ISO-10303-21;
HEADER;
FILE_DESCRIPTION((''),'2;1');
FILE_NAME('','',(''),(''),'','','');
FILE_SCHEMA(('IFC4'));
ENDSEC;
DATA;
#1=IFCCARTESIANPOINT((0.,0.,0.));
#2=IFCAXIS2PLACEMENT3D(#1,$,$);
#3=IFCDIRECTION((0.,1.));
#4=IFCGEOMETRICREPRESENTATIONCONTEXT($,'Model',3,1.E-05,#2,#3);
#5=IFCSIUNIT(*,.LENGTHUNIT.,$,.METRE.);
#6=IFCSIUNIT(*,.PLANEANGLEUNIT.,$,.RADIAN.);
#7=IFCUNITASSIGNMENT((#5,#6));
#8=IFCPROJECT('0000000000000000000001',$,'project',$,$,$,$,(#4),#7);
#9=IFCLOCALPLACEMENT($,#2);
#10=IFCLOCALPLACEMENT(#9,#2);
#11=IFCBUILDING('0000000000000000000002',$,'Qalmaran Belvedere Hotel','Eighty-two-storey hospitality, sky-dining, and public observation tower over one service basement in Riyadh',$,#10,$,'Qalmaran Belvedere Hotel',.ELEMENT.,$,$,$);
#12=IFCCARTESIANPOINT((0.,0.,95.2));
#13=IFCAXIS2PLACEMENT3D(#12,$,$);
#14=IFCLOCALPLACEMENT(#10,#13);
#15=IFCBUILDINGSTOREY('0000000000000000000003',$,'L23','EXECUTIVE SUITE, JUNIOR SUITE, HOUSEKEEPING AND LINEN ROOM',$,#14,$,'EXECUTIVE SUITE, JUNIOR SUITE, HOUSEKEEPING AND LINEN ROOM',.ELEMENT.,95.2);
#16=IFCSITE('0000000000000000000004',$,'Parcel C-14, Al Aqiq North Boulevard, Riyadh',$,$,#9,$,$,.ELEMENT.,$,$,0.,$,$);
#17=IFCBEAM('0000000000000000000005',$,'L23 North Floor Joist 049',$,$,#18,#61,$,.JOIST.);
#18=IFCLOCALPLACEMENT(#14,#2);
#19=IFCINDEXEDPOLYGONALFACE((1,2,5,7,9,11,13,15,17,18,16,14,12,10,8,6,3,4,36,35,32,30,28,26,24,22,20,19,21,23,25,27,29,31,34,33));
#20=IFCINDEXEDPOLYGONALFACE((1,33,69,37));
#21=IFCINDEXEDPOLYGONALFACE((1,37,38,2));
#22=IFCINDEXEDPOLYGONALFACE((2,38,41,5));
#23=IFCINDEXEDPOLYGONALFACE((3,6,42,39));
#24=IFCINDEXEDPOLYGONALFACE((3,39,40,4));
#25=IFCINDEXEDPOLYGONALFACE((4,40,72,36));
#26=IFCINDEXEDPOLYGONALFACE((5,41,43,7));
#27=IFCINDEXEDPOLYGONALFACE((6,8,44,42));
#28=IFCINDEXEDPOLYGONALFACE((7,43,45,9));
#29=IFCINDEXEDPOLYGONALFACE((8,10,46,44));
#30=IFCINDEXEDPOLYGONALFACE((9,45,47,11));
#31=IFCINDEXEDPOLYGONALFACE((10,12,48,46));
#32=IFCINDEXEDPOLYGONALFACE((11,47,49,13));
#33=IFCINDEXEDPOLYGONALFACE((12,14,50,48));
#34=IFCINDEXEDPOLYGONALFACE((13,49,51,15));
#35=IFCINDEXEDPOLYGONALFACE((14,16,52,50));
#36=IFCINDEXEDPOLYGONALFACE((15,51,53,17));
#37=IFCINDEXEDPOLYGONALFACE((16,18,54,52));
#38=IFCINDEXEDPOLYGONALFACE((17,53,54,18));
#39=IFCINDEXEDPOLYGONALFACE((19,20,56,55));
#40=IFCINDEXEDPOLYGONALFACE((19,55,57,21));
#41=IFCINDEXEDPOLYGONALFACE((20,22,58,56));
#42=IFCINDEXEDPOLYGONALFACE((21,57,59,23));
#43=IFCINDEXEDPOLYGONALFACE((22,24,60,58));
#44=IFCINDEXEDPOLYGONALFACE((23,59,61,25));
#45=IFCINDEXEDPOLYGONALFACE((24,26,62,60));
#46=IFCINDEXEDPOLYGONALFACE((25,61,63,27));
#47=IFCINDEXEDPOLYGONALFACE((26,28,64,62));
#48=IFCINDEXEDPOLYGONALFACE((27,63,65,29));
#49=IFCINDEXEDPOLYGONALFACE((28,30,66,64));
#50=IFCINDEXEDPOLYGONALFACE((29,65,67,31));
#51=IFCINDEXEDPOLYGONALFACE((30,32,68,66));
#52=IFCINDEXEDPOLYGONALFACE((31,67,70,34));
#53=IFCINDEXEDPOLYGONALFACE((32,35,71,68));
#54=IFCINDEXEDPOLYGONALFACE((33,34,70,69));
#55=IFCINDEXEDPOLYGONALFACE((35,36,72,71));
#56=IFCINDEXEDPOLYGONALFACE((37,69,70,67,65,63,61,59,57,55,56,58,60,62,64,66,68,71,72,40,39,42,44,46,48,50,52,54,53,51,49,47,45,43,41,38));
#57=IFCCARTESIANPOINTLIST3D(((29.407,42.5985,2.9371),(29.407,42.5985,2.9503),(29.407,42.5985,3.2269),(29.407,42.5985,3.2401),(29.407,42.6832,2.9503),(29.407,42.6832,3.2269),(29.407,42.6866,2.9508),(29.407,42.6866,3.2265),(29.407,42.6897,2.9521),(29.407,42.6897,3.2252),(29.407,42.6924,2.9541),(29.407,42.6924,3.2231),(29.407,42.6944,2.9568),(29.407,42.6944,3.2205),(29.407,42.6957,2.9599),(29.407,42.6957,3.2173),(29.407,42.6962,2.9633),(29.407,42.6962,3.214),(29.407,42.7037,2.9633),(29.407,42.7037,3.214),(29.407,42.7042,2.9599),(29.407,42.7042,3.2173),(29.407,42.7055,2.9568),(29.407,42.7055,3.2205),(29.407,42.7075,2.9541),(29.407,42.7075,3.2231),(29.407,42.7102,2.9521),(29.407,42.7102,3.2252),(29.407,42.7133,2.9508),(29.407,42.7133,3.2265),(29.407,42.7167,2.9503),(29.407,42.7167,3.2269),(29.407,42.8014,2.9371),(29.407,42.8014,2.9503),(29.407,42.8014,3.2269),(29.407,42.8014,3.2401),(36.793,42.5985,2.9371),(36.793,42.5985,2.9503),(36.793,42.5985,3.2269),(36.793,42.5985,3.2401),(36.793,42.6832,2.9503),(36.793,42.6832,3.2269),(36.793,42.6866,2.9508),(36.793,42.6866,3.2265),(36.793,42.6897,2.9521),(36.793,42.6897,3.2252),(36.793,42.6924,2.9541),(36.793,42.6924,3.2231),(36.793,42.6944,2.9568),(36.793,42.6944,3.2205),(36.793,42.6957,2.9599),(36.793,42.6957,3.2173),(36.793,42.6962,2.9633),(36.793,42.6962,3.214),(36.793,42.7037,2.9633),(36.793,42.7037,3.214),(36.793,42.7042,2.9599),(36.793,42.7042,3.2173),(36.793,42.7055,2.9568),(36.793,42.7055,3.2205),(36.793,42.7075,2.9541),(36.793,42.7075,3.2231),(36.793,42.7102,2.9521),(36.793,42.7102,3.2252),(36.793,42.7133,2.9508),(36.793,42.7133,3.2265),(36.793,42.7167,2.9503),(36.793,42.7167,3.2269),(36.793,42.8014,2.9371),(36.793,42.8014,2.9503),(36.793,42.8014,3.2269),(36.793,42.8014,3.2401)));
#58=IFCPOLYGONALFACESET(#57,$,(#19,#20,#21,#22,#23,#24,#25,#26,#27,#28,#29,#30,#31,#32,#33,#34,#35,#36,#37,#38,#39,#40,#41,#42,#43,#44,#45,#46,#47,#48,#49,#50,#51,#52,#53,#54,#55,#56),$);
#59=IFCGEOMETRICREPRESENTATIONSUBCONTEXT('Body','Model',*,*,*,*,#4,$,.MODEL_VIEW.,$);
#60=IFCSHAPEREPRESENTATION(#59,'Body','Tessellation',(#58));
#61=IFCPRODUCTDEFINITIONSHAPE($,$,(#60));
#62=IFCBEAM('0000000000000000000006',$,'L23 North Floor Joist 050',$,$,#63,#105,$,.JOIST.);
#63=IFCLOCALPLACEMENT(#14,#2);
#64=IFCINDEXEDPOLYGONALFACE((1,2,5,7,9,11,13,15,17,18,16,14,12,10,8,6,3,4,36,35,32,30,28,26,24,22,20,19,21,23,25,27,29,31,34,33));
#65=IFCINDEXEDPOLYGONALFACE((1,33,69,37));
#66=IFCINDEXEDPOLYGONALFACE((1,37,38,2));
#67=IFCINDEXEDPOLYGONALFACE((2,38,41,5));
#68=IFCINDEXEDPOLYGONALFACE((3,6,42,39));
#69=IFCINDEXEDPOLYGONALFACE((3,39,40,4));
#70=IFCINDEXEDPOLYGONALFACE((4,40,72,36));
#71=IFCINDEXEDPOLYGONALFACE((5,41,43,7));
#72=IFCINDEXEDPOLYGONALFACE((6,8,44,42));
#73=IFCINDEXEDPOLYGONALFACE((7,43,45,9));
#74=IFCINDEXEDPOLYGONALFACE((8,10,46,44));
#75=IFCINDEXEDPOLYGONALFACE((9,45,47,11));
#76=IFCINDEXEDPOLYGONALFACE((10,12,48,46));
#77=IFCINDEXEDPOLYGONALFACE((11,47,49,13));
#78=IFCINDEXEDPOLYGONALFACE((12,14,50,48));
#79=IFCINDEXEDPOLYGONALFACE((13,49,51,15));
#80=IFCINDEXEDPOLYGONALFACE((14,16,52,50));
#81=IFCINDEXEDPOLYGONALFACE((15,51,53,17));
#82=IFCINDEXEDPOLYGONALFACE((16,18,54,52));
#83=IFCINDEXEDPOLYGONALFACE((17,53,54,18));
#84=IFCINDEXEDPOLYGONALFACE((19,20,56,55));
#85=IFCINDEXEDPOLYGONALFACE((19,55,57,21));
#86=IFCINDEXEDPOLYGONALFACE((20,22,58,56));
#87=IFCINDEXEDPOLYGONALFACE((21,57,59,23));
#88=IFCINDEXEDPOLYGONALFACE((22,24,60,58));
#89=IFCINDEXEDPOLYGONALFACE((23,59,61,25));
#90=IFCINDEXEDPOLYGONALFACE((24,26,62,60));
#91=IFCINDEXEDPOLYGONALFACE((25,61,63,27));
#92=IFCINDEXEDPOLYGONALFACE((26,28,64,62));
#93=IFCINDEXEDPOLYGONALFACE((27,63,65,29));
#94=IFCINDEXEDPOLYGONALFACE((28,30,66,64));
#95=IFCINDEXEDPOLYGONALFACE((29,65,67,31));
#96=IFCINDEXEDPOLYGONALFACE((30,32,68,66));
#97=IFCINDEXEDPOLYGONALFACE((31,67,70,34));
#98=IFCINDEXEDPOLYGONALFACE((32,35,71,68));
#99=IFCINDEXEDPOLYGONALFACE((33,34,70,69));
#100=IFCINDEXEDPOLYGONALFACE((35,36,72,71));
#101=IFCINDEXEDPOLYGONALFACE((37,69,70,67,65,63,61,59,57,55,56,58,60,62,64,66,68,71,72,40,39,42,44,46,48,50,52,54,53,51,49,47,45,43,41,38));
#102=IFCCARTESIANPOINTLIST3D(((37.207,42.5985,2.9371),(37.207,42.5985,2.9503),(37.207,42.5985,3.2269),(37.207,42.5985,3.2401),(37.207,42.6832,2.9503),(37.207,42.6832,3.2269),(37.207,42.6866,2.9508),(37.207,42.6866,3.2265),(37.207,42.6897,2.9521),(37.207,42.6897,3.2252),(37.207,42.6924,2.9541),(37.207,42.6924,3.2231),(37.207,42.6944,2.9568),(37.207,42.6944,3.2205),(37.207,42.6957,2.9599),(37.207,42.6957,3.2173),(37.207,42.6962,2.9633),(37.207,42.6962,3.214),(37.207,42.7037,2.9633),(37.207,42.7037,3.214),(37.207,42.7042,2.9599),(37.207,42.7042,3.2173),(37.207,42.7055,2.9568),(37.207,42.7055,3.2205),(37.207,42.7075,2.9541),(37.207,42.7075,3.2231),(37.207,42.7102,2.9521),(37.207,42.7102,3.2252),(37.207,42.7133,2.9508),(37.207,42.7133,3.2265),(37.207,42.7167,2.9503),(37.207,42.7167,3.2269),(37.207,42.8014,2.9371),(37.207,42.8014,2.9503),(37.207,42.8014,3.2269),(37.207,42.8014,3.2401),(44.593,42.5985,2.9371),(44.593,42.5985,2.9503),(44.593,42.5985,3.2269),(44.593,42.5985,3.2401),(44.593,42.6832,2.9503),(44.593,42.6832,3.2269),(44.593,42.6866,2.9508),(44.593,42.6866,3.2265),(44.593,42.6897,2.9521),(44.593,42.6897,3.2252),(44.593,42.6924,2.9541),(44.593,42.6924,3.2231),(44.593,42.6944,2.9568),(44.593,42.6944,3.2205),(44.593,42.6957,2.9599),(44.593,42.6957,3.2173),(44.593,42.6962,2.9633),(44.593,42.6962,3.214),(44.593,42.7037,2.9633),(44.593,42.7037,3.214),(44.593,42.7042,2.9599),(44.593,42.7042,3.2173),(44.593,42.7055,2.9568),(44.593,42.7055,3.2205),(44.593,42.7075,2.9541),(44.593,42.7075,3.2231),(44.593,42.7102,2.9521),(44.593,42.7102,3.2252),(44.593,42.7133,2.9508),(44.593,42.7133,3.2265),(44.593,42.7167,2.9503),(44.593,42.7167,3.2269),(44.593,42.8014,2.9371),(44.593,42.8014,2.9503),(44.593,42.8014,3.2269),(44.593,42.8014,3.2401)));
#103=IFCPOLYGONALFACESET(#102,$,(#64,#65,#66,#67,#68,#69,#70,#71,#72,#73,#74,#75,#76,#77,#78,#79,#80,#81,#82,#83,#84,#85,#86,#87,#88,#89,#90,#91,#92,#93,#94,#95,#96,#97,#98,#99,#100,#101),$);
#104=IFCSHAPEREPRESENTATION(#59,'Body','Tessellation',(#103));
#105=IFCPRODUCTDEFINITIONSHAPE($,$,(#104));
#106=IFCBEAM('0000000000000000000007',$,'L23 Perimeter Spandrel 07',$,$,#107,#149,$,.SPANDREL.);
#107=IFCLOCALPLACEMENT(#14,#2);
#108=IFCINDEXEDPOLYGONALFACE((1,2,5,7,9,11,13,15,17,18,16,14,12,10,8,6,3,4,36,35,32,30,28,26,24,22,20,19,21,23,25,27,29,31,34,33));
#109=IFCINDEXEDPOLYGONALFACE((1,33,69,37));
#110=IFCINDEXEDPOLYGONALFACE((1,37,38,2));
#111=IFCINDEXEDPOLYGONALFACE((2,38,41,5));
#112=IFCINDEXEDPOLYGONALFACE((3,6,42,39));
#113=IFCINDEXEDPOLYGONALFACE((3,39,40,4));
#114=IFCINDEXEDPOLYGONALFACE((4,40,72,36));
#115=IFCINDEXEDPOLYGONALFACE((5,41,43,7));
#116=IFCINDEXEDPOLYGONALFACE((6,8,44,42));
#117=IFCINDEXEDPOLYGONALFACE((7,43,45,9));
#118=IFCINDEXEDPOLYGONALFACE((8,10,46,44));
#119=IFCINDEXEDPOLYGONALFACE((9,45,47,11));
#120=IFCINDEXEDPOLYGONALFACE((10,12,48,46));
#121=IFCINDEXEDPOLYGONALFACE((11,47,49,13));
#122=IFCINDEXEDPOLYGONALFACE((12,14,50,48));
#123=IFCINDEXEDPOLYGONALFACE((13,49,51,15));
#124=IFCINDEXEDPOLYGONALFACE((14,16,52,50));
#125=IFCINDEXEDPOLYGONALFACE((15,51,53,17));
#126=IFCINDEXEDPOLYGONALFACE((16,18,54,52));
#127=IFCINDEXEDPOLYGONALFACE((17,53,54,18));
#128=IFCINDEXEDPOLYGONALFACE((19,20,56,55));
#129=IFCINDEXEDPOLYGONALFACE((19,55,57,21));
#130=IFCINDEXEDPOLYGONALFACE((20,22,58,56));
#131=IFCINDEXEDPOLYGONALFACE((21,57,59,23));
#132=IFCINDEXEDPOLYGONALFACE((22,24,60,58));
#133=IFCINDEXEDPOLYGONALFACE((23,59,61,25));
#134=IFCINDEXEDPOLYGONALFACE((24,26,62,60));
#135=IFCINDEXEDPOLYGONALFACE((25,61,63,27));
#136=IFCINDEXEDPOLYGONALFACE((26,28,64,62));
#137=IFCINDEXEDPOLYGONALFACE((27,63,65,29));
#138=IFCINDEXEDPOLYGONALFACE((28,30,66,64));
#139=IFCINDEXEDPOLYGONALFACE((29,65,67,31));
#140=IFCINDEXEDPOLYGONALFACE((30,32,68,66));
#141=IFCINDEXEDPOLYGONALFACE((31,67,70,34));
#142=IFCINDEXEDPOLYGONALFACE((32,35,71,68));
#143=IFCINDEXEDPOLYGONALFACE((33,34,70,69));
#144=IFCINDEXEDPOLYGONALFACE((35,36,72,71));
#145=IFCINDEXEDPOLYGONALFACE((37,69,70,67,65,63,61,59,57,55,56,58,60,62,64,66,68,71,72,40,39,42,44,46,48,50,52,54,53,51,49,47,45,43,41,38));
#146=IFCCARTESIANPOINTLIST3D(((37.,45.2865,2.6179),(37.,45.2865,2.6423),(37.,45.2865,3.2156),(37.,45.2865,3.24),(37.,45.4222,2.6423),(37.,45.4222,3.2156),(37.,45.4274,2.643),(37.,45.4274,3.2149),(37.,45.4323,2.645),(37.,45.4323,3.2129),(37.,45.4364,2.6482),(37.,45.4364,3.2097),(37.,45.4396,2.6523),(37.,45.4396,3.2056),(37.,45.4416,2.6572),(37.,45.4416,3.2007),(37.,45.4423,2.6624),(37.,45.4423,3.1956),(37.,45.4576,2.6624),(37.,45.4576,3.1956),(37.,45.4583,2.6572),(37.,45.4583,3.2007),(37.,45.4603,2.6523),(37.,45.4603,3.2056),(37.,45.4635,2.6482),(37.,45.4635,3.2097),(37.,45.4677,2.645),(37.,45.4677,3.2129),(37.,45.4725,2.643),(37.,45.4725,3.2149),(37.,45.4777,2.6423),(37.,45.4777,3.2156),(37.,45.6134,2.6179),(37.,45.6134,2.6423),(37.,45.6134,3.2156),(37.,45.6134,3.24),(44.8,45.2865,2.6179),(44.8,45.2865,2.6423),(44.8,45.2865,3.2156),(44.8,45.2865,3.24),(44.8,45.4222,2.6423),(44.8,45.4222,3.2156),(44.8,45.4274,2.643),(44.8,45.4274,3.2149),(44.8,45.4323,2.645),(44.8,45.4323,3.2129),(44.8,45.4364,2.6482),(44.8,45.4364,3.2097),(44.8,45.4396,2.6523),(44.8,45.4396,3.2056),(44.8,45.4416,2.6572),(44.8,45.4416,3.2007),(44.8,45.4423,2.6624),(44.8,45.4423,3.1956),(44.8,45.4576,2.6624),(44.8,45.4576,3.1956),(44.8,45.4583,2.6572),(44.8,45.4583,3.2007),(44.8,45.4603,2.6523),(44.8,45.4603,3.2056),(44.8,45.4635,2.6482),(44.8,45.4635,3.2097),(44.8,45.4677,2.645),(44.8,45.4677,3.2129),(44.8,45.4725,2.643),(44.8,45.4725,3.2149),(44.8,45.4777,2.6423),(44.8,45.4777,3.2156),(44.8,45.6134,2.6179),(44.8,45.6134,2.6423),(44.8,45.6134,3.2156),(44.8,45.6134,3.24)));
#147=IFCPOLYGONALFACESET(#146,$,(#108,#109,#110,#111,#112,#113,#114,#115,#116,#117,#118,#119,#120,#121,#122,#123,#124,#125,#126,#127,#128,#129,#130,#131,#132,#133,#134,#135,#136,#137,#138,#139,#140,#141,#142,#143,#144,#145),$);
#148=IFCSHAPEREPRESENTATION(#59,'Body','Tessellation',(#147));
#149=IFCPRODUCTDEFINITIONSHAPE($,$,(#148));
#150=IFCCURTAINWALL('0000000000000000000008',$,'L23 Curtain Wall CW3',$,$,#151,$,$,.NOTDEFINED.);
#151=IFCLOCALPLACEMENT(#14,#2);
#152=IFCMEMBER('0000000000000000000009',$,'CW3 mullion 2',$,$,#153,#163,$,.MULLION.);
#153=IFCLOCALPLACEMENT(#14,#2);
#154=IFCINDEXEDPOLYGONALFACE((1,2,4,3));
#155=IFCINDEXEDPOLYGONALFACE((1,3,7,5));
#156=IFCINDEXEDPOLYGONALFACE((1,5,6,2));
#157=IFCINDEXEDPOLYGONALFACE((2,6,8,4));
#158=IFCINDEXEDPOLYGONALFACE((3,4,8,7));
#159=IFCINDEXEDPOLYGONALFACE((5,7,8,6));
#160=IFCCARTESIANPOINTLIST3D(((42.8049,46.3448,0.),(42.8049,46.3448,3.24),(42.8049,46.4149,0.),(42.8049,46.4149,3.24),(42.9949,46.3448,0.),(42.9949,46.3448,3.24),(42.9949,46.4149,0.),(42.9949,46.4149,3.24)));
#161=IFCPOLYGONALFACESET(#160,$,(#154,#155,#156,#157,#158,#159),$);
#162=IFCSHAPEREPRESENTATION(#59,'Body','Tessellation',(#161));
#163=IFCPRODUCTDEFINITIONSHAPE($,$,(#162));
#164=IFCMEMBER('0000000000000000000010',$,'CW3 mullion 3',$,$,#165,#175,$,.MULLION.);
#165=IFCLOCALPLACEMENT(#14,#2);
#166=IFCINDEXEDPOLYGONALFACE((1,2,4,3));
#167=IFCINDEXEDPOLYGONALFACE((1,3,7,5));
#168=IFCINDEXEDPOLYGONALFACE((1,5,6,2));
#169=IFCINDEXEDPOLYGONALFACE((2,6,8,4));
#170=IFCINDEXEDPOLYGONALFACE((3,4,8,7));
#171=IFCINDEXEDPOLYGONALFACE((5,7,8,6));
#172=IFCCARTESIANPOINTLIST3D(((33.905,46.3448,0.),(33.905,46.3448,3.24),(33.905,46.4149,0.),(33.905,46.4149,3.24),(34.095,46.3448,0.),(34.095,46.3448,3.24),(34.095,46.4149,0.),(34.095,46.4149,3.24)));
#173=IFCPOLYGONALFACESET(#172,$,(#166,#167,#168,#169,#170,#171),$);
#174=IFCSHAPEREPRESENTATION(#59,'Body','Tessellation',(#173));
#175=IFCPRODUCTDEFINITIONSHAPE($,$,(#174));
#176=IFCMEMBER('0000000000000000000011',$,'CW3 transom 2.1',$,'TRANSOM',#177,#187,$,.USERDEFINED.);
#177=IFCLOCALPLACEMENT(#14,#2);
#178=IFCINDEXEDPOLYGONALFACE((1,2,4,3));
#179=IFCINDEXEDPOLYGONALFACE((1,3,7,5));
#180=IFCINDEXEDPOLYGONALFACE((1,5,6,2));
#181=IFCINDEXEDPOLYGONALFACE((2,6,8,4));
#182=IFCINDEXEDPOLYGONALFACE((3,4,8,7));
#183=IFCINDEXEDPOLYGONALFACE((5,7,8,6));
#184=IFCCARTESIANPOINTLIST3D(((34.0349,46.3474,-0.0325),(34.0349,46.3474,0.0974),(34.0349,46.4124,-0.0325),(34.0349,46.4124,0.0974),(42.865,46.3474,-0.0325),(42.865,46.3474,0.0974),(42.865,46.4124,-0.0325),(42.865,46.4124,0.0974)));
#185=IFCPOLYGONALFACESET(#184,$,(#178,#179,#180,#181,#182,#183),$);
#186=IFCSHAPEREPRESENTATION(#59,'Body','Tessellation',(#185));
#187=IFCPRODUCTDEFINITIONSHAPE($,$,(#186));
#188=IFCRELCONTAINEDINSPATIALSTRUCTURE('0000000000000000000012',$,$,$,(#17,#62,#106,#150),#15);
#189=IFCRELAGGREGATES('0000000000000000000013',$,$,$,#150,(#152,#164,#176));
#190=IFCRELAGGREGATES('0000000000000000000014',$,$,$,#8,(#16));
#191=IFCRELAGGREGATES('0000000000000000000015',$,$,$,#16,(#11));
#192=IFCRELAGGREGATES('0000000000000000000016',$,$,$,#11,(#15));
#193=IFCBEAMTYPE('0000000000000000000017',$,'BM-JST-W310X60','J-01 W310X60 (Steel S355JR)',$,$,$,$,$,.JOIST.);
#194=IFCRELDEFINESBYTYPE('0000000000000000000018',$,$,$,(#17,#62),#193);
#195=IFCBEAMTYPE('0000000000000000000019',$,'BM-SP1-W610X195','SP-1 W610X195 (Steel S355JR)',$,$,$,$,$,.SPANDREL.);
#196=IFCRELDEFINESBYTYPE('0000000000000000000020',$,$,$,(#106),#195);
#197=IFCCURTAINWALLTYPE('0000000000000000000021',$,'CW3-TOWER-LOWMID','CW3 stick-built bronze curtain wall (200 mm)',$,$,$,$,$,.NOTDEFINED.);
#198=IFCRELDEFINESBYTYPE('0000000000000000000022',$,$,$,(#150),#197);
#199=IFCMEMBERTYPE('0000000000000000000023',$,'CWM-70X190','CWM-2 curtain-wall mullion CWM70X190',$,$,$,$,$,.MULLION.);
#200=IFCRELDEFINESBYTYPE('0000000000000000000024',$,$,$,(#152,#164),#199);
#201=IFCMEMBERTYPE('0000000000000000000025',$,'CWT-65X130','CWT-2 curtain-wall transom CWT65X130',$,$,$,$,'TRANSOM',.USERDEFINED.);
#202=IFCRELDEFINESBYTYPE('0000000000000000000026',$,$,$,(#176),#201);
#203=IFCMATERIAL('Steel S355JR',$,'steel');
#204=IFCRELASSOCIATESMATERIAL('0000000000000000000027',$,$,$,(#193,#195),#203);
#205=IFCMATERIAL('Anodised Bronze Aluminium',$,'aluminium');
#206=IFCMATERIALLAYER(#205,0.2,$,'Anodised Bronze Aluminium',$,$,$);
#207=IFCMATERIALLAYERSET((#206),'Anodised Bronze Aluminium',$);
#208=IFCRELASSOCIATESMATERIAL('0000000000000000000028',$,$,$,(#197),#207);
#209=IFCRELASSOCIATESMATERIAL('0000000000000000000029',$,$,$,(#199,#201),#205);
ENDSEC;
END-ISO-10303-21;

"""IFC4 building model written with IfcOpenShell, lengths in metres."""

from ifc_helpers import new_model, si_unit, direction, frame, origin, origin_2d, place, context, subcontext, project, spatial, rectangle, i_section, extrude, material, layer, layer_set, material_profile, profile_set, type_object, element, aggregate, save


model = new_model("IFC4")

# Units and contexts
model_context = context("Model", 3, precision=1e-05, world=origin(), true_north=direction((0.0, 1.0)))
body_context = subcontext(model_context, "Body", "Model", "MODEL_VIEW")
ifc_project = project(units=[si_unit("LENGTHUNIT", "METRE"), si_unit("PLANEANGLEUNIT", "RADIAN")], contexts=[model_context])

# Site, building, storey
site_placement = place(None, origin())
site = spatial("IfcSite", under=ifc_project, at=site_placement, Name="Parcel C-14, Al Aqiq North Boulevard, Riyadh", CompositionType="ELEMENT", RefElevation=0.0)
building_placement = place(site_placement, origin())
building = spatial("IfcBuilding", under=site, at=building_placement, Name="Qalmaran Belvedere Hotel", Description="Eighty-two-storey hospitality, sky-dining, and public observation tower over one service basement in Riyadh", LongName="Qalmaran Belvedere Hotel", CompositionType="ELEMENT")
storey_placement = place(building_placement, frame((0.0, 0.0, 95.2)))
storey = spatial("IfcBuildingStorey", under=building, at=storey_placement, Name="L23", Description="EXECUTIVE SUITE, JUNIOR SUITE, HOUSEKEEPING AND LINEN ROOM", LongName="EXECUTIVE SUITE, JUNIOR SUITE, HOUSEKEEPING AND LINEN ROOM", CompositionType="ELEMENT", Elevation=95.2)

# Beams
ifc_material_1 = material(Name="Steel S355JR", Category="steel")
ifc_material_profile_1 = material_profile(ifc_material_1, i_section(OverallWidth=0.2029, OverallDepth=0.303, WebThickness=0.0076, FlangeThickness=0.0132, FilletRadius=0.0129, at=origin_2d()), Name="W310X60")
ifc_profile_set_1 = profile_set([ifc_material_profile_1], Name="Steel S355JR")
beam_type_1 = type_object("IfcBeamType", Name="BM-JST-W310X60", Description="J-01 W310X60 (Steel S355JR)", PredefinedType="JOIST", material=ifc_profile_set_1)
for number, where, z_axis, x_axis, name in (
    (1, (29.407, 42.7, 3.0886), (1.0, 0.0, 0.0), (0.0, 1.0, 0.0), "L23 North Floor Joist 049"),
    (2, (37.207, 42.7, 3.0886), (1.0, 0.0, 0.0), (0.0, 1.0, 0.0), "L23 North Floor Joist 050"),
):
    element("IfcBeam", number, at=place(storey_placement, frame(where, z_axis=z_axis, x_axis=x_axis)), inside=storey, type_object=beam_type_1, Name=name, PredefinedType="JOIST", context=body_context, shape_type="SweptSolid", body=[
        extrude(i_section(OverallWidth=0.2029, OverallDepth=0.303, WebThickness=0.0076, FlangeThickness=0.0132, FilletRadius=0.0129, at=origin_2d()), origin(), (0.0, 0.0, 1.0), 7.386),
    ])
ifc_material_profile_2 = material_profile(ifc_material_1, i_section(OverallWidth=0.3269, OverallDepth=0.6221, WebThickness=0.0154, FlangeThickness=0.0244, FilletRadius=0.02, at=origin_2d()), Name="W610X195")
ifc_profile_set_2 = profile_set([ifc_material_profile_2], Name="Steel S355JR")
beam_type_2 = type_object("IfcBeamType", Name="BM-SP1-W610X195", Description="SP-1 W610X195 (Steel S355JR)", PredefinedType="SPANDREL", material=ifc_profile_set_2)
beam_placement = place(storey_placement, frame((37.0, 45.45, 2.929), z_axis=(1.0, 0.0, 0.0), x_axis=(0.0, 1.0, 0.0)))
element("IfcBeam", 3, at=beam_placement, inside=storey, type_object=beam_type_2, Name="L23 Perimeter Spandrel 07", PredefinedType="SPANDREL", context=body_context, shape_type="SweptSolid", body=[
    extrude(i_section(OverallWidth=0.3269, OverallDepth=0.6221, WebThickness=0.0154, FlangeThickness=0.0244, FilletRadius=0.02, at=origin_2d()), origin(), (0.0, 0.0, 1.0), 7.8),
])

# Curtain wall, members
ifc_material_2 = material(Name="Anodised Bronze Aluminium", Category="aluminium")
ifc_layer_1 = layer(ifc_material_2, 0.2, Name="Anodised Bronze Aluminium")
ifc_layer_set_1 = layer_set([ifc_layer_1], Name="Anodised Bronze Aluminium")
curtain_wall_type = type_object("IfcCurtainWallType", Name="CW3-TOWER-LOWMID", Description="CW3 stick-built bronze curtain wall (200 mm)", PredefinedType="NOTDEFINED", material=ifc_layer_set_1)
curtain_wall_placement = place(storey_placement, origin())
curtain_wall = element("IfcCurtainWall", 4, at=curtain_wall_placement, inside=storey, type_object=curtain_wall_type, Name="L23 Curtain Wall CW3", PredefinedType="NOTDEFINED")
ifc_material_profile_3 = material_profile(ifc_material_2, rectangle(XDim=0.0701, YDim=0.1899, at=origin_2d()), Name="CWM70X190")
ifc_profile_set_3 = profile_set([ifc_material_profile_3], Name="Anodised Bronze Aluminium")
member_type_1 = type_object("IfcMemberType", Name="CWM-70X190", Description="CWM-2 curtain-wall mullion CWM70X190", PredefinedType="MULLION", material=ifc_profile_set_3)
member_1_placement = place(storey_placement, frame((42.8999, 46.3799, 0.0), z_axis=(0.0, 0.0, 1.0), x_axis=(0.0, -1.0, 0.0)))
member_1 = element("IfcMember", 5, at=member_1_placement, type_object=member_type_1, Name="CW3 mullion 2", PredefinedType="MULLION", context=body_context, shape_type="SweptSolid", body=[
    extrude(rectangle(XDim=0.0701, YDim=0.1899, at=origin_2d()), origin(), (0.0, 0.0, 1.0), 3.24),
])
member_2_placement = place(storey_placement, frame((34.0, 46.3799, 0.0), z_axis=(0.0, 0.0, 1.0), x_axis=(0.0, -1.0, 0.0)))
member_2 = element("IfcMember", 6, at=member_2_placement, type_object=member_type_1, Name="CW3 mullion 3", PredefinedType="MULLION", context=body_context, shape_type="SweptSolid", body=[
    extrude(rectangle(XDim=0.0701, YDim=0.1899, at=origin_2d()), origin(), (0.0, 0.0, 1.0), 3.24),
])
ifc_material_profile_4 = material_profile(ifc_material_2, rectangle(XDim=0.0649, YDim=0.1299, at=origin_2d()), Name="CWT65X130")
ifc_profile_set_4 = profile_set([ifc_material_profile_4], Name="Anodised Bronze Aluminium")
member_type_2 = type_object("IfcMemberType", Name="CWT-65X130", Description="CWT-2 curtain-wall transom CWT65X130", ElementType="TRANSOM", PredefinedType="USERDEFINED", material=ifc_profile_set_4)
member_3_placement = place(storey_placement, frame((42.865, 46.3799, 0.0325), z_axis=(-1.0, 0.0, 0.0), x_axis=(0.0, -1.0, 0.0)))
member_3 = element("IfcMember", 7, at=member_3_placement, type_object=member_type_2, Name="CW3 transom 2.1", ObjectType="TRANSOM", PredefinedType="USERDEFINED", context=body_context, shape_type="SweptSolid", body=[
    extrude(rectangle(XDim=0.0649, YDim=0.1299, at=origin_2d()), origin(), (0.0, 0.0, 1.0), 8.8301),
])
aggregate(curtain_wall, [member_1, member_2, member_3])

save(model, "model.ifc")
